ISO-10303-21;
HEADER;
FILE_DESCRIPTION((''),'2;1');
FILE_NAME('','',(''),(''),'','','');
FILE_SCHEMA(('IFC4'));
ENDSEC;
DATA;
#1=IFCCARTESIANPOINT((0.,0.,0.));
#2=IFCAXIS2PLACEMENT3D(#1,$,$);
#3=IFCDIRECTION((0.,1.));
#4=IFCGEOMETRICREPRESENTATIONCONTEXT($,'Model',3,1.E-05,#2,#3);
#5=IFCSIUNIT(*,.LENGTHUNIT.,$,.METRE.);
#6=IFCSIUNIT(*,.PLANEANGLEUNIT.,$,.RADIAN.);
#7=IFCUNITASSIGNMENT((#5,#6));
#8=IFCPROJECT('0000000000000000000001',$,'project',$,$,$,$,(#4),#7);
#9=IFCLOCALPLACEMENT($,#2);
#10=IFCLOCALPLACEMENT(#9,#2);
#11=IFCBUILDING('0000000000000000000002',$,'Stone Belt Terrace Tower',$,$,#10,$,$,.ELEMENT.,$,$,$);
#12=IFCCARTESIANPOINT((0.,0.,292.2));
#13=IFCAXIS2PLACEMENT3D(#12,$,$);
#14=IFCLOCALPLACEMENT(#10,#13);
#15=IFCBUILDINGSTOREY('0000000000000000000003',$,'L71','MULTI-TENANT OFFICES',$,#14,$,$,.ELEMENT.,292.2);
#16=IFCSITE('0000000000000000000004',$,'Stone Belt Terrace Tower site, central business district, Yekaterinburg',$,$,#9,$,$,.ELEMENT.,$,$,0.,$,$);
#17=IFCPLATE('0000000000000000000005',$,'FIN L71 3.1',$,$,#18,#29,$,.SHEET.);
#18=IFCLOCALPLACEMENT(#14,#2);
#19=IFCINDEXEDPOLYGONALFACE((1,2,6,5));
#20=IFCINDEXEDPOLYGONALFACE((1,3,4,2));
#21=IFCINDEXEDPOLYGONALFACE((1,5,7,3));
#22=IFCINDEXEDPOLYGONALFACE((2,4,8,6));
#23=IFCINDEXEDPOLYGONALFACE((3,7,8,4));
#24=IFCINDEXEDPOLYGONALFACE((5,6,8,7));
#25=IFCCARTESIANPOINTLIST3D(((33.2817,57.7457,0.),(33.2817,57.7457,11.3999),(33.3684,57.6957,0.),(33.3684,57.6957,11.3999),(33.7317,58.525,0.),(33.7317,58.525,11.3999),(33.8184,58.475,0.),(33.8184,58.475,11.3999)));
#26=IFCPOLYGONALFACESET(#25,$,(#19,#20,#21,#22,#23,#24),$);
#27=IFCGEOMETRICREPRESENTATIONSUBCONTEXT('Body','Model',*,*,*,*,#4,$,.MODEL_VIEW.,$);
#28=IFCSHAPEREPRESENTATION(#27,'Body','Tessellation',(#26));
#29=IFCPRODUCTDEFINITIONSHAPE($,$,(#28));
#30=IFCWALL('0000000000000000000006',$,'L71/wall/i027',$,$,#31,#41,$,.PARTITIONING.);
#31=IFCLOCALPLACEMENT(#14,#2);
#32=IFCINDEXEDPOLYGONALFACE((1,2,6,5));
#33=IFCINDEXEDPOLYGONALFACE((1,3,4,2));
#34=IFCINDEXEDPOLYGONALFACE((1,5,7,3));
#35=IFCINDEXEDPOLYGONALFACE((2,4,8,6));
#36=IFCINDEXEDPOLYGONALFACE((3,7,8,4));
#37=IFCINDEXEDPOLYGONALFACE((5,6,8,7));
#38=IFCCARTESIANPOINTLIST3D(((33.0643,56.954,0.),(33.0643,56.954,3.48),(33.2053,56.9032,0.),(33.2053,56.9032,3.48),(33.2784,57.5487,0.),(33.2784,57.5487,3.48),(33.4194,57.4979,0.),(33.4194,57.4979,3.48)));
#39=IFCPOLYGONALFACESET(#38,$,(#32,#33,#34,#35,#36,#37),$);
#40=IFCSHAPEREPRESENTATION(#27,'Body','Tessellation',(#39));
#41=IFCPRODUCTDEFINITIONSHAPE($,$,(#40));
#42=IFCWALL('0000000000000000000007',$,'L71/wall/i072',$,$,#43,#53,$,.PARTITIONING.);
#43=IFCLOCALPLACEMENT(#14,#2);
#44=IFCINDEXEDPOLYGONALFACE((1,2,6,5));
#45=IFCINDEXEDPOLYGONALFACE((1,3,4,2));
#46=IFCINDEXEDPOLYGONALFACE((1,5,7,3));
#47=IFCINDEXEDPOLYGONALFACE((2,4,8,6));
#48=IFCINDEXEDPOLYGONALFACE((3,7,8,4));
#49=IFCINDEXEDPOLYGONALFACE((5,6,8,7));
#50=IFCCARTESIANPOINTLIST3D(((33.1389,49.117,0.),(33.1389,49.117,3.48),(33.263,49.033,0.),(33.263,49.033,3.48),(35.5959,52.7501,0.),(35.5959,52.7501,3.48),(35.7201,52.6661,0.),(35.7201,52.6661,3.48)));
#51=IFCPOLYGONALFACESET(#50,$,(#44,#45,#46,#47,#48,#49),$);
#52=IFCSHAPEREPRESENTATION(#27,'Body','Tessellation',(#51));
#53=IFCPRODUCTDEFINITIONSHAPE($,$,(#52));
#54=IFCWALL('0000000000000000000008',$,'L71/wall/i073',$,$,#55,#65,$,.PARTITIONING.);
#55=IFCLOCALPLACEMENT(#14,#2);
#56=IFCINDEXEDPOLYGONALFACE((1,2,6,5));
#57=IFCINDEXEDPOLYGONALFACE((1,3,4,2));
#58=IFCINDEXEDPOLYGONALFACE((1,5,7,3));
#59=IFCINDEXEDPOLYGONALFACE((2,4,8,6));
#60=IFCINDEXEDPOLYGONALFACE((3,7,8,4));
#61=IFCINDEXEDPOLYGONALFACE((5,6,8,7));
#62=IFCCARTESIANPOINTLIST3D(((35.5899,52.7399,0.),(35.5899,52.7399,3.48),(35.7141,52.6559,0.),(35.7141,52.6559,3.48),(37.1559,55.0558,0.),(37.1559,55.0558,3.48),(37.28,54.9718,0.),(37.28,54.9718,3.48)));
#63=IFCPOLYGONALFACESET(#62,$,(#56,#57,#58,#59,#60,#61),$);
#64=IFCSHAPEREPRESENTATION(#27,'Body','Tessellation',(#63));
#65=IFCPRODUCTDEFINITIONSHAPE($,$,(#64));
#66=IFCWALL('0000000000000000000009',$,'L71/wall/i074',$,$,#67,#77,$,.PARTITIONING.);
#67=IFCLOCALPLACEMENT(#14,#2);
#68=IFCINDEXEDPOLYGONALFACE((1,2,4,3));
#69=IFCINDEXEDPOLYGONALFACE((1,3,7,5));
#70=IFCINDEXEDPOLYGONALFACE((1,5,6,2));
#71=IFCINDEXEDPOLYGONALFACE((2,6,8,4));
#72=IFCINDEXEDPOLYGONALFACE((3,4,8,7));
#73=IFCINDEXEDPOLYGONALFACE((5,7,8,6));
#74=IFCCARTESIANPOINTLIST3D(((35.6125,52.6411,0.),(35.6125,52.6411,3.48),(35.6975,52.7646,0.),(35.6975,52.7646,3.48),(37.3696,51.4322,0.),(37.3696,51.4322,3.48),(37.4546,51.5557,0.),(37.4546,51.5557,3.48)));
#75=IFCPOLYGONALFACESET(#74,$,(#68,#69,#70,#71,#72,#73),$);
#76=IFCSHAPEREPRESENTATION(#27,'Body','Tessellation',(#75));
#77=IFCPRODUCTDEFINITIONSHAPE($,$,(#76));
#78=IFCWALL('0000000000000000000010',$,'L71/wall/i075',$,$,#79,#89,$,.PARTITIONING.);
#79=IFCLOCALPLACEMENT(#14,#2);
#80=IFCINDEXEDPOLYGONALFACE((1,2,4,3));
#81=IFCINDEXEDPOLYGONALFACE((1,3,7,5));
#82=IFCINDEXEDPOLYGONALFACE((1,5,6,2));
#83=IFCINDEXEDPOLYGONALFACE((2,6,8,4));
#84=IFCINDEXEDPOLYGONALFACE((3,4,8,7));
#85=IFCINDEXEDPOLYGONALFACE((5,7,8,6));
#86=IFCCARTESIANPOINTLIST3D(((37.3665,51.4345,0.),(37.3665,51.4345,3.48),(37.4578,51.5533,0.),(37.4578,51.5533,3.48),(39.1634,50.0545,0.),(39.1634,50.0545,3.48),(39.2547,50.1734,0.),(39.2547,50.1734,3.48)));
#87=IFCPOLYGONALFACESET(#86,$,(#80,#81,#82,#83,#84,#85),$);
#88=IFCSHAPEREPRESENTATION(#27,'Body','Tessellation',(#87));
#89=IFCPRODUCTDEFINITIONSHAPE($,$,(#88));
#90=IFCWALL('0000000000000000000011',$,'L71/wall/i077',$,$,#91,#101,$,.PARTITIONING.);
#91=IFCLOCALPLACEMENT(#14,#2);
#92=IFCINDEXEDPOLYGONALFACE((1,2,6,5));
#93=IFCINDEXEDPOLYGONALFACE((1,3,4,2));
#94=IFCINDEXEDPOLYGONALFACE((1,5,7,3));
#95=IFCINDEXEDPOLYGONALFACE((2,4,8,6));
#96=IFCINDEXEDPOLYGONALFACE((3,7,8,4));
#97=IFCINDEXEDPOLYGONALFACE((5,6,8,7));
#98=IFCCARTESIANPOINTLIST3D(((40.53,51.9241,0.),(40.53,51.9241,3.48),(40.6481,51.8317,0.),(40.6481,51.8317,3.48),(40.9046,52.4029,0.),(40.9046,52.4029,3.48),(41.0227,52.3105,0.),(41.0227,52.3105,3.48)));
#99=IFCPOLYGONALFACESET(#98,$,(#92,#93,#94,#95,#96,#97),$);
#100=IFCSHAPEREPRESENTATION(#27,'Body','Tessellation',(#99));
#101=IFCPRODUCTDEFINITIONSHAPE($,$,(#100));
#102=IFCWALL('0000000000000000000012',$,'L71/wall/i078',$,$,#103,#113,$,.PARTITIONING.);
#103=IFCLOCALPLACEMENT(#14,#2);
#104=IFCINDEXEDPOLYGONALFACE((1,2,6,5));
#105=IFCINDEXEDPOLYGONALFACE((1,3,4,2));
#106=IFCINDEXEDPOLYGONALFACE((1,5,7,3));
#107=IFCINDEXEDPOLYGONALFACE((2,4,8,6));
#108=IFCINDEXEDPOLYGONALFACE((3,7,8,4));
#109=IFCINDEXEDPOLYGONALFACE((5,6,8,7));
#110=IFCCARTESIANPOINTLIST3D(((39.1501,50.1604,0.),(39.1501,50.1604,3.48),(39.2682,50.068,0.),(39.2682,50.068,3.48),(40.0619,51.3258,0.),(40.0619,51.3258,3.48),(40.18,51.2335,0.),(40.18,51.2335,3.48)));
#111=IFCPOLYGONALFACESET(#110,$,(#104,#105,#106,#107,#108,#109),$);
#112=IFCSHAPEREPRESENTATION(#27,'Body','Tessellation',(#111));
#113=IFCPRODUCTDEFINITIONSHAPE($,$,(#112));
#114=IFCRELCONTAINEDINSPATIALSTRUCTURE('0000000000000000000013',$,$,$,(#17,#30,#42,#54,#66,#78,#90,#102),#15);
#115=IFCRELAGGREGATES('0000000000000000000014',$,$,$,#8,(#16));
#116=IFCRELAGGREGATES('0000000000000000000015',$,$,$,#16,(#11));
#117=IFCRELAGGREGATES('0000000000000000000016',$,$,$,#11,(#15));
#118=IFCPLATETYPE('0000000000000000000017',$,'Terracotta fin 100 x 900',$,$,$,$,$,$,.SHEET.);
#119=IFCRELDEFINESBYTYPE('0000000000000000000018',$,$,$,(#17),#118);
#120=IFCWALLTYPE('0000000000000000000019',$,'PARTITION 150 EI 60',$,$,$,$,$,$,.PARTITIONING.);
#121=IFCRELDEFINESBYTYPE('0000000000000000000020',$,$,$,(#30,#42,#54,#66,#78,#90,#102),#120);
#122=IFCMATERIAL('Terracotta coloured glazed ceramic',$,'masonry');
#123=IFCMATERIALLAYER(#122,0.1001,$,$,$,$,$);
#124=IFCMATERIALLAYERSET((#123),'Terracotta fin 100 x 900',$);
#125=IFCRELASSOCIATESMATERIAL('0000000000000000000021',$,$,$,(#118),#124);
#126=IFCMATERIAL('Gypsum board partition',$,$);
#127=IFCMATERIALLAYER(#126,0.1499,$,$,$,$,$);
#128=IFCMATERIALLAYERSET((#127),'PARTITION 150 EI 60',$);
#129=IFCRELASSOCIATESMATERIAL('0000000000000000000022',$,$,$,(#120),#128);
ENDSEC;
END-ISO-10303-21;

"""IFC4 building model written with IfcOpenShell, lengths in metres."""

from ifc_helpers import new_model, si_unit, direction, frame, frame_2d, origin, origin_2d, place, context, subcontext, project, spatial, rectangle, extrude, material, layer, layer_set, type_object, element, save


model = new_model("IFC4")

# Units and contexts
model_context = context("Model", 3, precision=1e-05, world=origin(), true_north=direction((0.0, 1.0)))
body_context = subcontext(model_context, "Body", "Model", "MODEL_VIEW")
ifc_project = project(units=[si_unit("LENGTHUNIT", "METRE"), si_unit("PLANEANGLEUNIT", "RADIAN")], contexts=[model_context])

# Site, building, storey
site_placement = place(None, origin())
site = spatial("IfcSite", under=ifc_project, at=site_placement, Name="Stone Belt Terrace Tower site, central business district, Yekaterinburg", CompositionType="ELEMENT", RefElevation=0.0)
building_placement = place(site_placement, origin())
building = spatial("IfcBuilding", under=site, at=building_placement, Name="Stone Belt Terrace Tower", CompositionType="ELEMENT")
storey_placement = place(building_placement, frame((0.0, 0.0, 292.2)))
storey = spatial("IfcBuildingStorey", under=building, at=storey_placement, Name="L71", Description="MULTI-TENANT OFFICES", CompositionType="ELEMENT", Elevation=292.2)

# Plate
ifc_material_1 = material(Name="Terracotta coloured glazed ceramic", Category="masonry")
ifc_layer_1 = layer(ifc_material_1, 0.1001)
ifc_layer_set_1 = layer_set([ifc_layer_1], Name="Terracotta fin 100 x 900")
plate_type_1 = type_object("IfcPlateType", Name="Terracotta fin 100 x 900", PredefinedType="SHEET", material=ifc_layer_set_1)
for number, where, z_axis, x_axis, name in (
    (1, (33.55, 58.1104, 0.0), (0.0, 0.0, 1.0), (0.5, 0.866025, 0.0), "FIN L71 3.1"),
):
    element("IfcPlate", number, at=place(storey_placement, frame(where, z_axis=z_axis, x_axis=x_axis)), inside=storey, type_object=plate_type_1, Name=name, PredefinedType="SHEET", context=body_context, shape_type="SweptSolid", body=[
        extrude(rectangle(XDim=0.8999, YDim=0.1001, at=origin_2d()), origin(), (0.0, 0.0, 1.0), 11.3999),
    ])

# Walls
ifc_material_2 = material(Name="Gypsum board partition")
ifc_layer_2 = layer(ifc_material_2, 0.1499)
ifc_layer_set_2 = layer_set([ifc_layer_2], Name="PARTITION 150 EI 60")
wall_type = type_object("IfcWallType", Name="PARTITION 150 EI 60", PredefinedType="PARTITIONING", material=ifc_layer_set_2)
wall_1_placement = place(storey_placement, frame((33.3489, 57.5232, 0.0), z_axis=(0.0, 0.0, 1.0), x_axis=(-0.338733, -0.940882, 0.0)))
element("IfcWall", 2, at=wall_1_placement, inside=storey, type_object=wall_type, Name="L71/wall/i027", PredefinedType="PARTITIONING", context=body_context, shape_type="SweptSolid", body=[
    extrude(rectangle(XDim=0.6321, YDim=0.1499, at=frame_2d((0.3159, 0.0))), origin(), (0.0, 0.0, 1.0), 3.48),
])
wall_2_placement = place(storey_placement, frame((35.658, 52.708, 0.0), z_axis=(0.0, 0.0, 1.0), x_axis=(-0.560212, -0.82835, 0.0)))
element("IfcWall", 3, at=wall_2_placement, inside=storey, type_object=wall_type, Name="L71/wall/i072", PredefinedType="PARTITIONING", context=body_context, shape_type="SweptSolid", body=[
    extrude(rectangle(XDim=4.386, YDim=0.1499, at=frame_2d((2.1929, 0.0))), origin(), (0.0, 0.0, 1.0), 3.48),
])
wall_3_placement = place(storey_placement, frame((37.218, 55.0139, 0.0), z_axis=(0.0, 0.0, 1.0), x_axis=(-0.56013, -0.828405, 0.0)))
element("IfcWall", 4, at=wall_3_placement, inside=storey, type_object=wall_type, Name="L71/wall/i073", PredefinedType="PARTITIONING", context=body_context, shape_type="SweptSolid", body=[
    extrude(rectangle(XDim=2.7957, YDim=0.1499, at=frame_2d((1.3979, 0.0))), origin(), (0.0, 0.0, 1.0), 3.48),
])
wall_4_placement = place(storey_placement, frame((35.655, 52.7029, 0.0), z_axis=(0.0, 0.0, 1.0), x_axis=(0.823825, -0.566845, 0.0)))
element("IfcWall", 5, at=wall_4_placement, inside=storey, type_object=wall_type, Name="L71/wall/i074", PredefinedType="PARTITIONING", context=body_context, shape_type="SweptSolid", body=[
    extrude(rectangle(XDim=2.1328, YDim=0.1499, at=frame_2d((1.0664, 0.0))), origin(), (0.0, 0.0, 1.0), 3.48),
])
wall_5_placement = place(storey_placement, frame((37.4121, 51.4939, 0.0), z_axis=(0.0, 0.0, 1.0), x_axis=(0.79312, -0.609065, 0.0)))
element("IfcWall", 6, at=wall_5_placement, inside=storey, type_object=wall_type, Name="L71/wall/i075", PredefinedType="PARTITIONING", context=body_context, shape_type="SweptSolid", body=[
    extrude(rectangle(XDim=2.2656, YDim=0.1499, at=frame_2d((1.1328, 0.0))), origin(), (0.0, 0.0, 1.0), 3.48),
])
wall_6_placement = place(storey_placement, frame((40.9636, 52.3567, 0.0), z_axis=(0.0, 0.0, 1.0), x_axis=(-0.616135, -0.787641, 0.0)))
element("IfcWall", 7, at=wall_6_placement, inside=storey, type_object=wall_type, Name="L71/wall/i077", PredefinedType="PARTITIONING", context=body_context, shape_type="SweptSolid", body=[
    extrude(rectangle(XDim=0.6079, YDim=0.1499, at=frame_2d((0.304, 0.0))), origin(), (0.0, 0.0, 1.0), 3.48),
])
wall_7_placement = place(storey_placement, frame((40.1208, 51.2795, 0.0), z_axis=(0.0, 0.0, 1.0), x_axis=(-0.616188, -0.787599, 0.0)))
element("IfcWall", 8, at=wall_7_placement, inside=storey, type_object=wall_type, Name="L71/wall/i078", PredefinedType="PARTITIONING", context=body_context, shape_type="SweptSolid", body=[
    extrude(rectangle(XDim=1.4797, YDim=0.1499, at=frame_2d((0.7397, 0.0))), origin(), (0.0, 0.0, 1.0), 3.48),
])

save(model, "model.ifc")
